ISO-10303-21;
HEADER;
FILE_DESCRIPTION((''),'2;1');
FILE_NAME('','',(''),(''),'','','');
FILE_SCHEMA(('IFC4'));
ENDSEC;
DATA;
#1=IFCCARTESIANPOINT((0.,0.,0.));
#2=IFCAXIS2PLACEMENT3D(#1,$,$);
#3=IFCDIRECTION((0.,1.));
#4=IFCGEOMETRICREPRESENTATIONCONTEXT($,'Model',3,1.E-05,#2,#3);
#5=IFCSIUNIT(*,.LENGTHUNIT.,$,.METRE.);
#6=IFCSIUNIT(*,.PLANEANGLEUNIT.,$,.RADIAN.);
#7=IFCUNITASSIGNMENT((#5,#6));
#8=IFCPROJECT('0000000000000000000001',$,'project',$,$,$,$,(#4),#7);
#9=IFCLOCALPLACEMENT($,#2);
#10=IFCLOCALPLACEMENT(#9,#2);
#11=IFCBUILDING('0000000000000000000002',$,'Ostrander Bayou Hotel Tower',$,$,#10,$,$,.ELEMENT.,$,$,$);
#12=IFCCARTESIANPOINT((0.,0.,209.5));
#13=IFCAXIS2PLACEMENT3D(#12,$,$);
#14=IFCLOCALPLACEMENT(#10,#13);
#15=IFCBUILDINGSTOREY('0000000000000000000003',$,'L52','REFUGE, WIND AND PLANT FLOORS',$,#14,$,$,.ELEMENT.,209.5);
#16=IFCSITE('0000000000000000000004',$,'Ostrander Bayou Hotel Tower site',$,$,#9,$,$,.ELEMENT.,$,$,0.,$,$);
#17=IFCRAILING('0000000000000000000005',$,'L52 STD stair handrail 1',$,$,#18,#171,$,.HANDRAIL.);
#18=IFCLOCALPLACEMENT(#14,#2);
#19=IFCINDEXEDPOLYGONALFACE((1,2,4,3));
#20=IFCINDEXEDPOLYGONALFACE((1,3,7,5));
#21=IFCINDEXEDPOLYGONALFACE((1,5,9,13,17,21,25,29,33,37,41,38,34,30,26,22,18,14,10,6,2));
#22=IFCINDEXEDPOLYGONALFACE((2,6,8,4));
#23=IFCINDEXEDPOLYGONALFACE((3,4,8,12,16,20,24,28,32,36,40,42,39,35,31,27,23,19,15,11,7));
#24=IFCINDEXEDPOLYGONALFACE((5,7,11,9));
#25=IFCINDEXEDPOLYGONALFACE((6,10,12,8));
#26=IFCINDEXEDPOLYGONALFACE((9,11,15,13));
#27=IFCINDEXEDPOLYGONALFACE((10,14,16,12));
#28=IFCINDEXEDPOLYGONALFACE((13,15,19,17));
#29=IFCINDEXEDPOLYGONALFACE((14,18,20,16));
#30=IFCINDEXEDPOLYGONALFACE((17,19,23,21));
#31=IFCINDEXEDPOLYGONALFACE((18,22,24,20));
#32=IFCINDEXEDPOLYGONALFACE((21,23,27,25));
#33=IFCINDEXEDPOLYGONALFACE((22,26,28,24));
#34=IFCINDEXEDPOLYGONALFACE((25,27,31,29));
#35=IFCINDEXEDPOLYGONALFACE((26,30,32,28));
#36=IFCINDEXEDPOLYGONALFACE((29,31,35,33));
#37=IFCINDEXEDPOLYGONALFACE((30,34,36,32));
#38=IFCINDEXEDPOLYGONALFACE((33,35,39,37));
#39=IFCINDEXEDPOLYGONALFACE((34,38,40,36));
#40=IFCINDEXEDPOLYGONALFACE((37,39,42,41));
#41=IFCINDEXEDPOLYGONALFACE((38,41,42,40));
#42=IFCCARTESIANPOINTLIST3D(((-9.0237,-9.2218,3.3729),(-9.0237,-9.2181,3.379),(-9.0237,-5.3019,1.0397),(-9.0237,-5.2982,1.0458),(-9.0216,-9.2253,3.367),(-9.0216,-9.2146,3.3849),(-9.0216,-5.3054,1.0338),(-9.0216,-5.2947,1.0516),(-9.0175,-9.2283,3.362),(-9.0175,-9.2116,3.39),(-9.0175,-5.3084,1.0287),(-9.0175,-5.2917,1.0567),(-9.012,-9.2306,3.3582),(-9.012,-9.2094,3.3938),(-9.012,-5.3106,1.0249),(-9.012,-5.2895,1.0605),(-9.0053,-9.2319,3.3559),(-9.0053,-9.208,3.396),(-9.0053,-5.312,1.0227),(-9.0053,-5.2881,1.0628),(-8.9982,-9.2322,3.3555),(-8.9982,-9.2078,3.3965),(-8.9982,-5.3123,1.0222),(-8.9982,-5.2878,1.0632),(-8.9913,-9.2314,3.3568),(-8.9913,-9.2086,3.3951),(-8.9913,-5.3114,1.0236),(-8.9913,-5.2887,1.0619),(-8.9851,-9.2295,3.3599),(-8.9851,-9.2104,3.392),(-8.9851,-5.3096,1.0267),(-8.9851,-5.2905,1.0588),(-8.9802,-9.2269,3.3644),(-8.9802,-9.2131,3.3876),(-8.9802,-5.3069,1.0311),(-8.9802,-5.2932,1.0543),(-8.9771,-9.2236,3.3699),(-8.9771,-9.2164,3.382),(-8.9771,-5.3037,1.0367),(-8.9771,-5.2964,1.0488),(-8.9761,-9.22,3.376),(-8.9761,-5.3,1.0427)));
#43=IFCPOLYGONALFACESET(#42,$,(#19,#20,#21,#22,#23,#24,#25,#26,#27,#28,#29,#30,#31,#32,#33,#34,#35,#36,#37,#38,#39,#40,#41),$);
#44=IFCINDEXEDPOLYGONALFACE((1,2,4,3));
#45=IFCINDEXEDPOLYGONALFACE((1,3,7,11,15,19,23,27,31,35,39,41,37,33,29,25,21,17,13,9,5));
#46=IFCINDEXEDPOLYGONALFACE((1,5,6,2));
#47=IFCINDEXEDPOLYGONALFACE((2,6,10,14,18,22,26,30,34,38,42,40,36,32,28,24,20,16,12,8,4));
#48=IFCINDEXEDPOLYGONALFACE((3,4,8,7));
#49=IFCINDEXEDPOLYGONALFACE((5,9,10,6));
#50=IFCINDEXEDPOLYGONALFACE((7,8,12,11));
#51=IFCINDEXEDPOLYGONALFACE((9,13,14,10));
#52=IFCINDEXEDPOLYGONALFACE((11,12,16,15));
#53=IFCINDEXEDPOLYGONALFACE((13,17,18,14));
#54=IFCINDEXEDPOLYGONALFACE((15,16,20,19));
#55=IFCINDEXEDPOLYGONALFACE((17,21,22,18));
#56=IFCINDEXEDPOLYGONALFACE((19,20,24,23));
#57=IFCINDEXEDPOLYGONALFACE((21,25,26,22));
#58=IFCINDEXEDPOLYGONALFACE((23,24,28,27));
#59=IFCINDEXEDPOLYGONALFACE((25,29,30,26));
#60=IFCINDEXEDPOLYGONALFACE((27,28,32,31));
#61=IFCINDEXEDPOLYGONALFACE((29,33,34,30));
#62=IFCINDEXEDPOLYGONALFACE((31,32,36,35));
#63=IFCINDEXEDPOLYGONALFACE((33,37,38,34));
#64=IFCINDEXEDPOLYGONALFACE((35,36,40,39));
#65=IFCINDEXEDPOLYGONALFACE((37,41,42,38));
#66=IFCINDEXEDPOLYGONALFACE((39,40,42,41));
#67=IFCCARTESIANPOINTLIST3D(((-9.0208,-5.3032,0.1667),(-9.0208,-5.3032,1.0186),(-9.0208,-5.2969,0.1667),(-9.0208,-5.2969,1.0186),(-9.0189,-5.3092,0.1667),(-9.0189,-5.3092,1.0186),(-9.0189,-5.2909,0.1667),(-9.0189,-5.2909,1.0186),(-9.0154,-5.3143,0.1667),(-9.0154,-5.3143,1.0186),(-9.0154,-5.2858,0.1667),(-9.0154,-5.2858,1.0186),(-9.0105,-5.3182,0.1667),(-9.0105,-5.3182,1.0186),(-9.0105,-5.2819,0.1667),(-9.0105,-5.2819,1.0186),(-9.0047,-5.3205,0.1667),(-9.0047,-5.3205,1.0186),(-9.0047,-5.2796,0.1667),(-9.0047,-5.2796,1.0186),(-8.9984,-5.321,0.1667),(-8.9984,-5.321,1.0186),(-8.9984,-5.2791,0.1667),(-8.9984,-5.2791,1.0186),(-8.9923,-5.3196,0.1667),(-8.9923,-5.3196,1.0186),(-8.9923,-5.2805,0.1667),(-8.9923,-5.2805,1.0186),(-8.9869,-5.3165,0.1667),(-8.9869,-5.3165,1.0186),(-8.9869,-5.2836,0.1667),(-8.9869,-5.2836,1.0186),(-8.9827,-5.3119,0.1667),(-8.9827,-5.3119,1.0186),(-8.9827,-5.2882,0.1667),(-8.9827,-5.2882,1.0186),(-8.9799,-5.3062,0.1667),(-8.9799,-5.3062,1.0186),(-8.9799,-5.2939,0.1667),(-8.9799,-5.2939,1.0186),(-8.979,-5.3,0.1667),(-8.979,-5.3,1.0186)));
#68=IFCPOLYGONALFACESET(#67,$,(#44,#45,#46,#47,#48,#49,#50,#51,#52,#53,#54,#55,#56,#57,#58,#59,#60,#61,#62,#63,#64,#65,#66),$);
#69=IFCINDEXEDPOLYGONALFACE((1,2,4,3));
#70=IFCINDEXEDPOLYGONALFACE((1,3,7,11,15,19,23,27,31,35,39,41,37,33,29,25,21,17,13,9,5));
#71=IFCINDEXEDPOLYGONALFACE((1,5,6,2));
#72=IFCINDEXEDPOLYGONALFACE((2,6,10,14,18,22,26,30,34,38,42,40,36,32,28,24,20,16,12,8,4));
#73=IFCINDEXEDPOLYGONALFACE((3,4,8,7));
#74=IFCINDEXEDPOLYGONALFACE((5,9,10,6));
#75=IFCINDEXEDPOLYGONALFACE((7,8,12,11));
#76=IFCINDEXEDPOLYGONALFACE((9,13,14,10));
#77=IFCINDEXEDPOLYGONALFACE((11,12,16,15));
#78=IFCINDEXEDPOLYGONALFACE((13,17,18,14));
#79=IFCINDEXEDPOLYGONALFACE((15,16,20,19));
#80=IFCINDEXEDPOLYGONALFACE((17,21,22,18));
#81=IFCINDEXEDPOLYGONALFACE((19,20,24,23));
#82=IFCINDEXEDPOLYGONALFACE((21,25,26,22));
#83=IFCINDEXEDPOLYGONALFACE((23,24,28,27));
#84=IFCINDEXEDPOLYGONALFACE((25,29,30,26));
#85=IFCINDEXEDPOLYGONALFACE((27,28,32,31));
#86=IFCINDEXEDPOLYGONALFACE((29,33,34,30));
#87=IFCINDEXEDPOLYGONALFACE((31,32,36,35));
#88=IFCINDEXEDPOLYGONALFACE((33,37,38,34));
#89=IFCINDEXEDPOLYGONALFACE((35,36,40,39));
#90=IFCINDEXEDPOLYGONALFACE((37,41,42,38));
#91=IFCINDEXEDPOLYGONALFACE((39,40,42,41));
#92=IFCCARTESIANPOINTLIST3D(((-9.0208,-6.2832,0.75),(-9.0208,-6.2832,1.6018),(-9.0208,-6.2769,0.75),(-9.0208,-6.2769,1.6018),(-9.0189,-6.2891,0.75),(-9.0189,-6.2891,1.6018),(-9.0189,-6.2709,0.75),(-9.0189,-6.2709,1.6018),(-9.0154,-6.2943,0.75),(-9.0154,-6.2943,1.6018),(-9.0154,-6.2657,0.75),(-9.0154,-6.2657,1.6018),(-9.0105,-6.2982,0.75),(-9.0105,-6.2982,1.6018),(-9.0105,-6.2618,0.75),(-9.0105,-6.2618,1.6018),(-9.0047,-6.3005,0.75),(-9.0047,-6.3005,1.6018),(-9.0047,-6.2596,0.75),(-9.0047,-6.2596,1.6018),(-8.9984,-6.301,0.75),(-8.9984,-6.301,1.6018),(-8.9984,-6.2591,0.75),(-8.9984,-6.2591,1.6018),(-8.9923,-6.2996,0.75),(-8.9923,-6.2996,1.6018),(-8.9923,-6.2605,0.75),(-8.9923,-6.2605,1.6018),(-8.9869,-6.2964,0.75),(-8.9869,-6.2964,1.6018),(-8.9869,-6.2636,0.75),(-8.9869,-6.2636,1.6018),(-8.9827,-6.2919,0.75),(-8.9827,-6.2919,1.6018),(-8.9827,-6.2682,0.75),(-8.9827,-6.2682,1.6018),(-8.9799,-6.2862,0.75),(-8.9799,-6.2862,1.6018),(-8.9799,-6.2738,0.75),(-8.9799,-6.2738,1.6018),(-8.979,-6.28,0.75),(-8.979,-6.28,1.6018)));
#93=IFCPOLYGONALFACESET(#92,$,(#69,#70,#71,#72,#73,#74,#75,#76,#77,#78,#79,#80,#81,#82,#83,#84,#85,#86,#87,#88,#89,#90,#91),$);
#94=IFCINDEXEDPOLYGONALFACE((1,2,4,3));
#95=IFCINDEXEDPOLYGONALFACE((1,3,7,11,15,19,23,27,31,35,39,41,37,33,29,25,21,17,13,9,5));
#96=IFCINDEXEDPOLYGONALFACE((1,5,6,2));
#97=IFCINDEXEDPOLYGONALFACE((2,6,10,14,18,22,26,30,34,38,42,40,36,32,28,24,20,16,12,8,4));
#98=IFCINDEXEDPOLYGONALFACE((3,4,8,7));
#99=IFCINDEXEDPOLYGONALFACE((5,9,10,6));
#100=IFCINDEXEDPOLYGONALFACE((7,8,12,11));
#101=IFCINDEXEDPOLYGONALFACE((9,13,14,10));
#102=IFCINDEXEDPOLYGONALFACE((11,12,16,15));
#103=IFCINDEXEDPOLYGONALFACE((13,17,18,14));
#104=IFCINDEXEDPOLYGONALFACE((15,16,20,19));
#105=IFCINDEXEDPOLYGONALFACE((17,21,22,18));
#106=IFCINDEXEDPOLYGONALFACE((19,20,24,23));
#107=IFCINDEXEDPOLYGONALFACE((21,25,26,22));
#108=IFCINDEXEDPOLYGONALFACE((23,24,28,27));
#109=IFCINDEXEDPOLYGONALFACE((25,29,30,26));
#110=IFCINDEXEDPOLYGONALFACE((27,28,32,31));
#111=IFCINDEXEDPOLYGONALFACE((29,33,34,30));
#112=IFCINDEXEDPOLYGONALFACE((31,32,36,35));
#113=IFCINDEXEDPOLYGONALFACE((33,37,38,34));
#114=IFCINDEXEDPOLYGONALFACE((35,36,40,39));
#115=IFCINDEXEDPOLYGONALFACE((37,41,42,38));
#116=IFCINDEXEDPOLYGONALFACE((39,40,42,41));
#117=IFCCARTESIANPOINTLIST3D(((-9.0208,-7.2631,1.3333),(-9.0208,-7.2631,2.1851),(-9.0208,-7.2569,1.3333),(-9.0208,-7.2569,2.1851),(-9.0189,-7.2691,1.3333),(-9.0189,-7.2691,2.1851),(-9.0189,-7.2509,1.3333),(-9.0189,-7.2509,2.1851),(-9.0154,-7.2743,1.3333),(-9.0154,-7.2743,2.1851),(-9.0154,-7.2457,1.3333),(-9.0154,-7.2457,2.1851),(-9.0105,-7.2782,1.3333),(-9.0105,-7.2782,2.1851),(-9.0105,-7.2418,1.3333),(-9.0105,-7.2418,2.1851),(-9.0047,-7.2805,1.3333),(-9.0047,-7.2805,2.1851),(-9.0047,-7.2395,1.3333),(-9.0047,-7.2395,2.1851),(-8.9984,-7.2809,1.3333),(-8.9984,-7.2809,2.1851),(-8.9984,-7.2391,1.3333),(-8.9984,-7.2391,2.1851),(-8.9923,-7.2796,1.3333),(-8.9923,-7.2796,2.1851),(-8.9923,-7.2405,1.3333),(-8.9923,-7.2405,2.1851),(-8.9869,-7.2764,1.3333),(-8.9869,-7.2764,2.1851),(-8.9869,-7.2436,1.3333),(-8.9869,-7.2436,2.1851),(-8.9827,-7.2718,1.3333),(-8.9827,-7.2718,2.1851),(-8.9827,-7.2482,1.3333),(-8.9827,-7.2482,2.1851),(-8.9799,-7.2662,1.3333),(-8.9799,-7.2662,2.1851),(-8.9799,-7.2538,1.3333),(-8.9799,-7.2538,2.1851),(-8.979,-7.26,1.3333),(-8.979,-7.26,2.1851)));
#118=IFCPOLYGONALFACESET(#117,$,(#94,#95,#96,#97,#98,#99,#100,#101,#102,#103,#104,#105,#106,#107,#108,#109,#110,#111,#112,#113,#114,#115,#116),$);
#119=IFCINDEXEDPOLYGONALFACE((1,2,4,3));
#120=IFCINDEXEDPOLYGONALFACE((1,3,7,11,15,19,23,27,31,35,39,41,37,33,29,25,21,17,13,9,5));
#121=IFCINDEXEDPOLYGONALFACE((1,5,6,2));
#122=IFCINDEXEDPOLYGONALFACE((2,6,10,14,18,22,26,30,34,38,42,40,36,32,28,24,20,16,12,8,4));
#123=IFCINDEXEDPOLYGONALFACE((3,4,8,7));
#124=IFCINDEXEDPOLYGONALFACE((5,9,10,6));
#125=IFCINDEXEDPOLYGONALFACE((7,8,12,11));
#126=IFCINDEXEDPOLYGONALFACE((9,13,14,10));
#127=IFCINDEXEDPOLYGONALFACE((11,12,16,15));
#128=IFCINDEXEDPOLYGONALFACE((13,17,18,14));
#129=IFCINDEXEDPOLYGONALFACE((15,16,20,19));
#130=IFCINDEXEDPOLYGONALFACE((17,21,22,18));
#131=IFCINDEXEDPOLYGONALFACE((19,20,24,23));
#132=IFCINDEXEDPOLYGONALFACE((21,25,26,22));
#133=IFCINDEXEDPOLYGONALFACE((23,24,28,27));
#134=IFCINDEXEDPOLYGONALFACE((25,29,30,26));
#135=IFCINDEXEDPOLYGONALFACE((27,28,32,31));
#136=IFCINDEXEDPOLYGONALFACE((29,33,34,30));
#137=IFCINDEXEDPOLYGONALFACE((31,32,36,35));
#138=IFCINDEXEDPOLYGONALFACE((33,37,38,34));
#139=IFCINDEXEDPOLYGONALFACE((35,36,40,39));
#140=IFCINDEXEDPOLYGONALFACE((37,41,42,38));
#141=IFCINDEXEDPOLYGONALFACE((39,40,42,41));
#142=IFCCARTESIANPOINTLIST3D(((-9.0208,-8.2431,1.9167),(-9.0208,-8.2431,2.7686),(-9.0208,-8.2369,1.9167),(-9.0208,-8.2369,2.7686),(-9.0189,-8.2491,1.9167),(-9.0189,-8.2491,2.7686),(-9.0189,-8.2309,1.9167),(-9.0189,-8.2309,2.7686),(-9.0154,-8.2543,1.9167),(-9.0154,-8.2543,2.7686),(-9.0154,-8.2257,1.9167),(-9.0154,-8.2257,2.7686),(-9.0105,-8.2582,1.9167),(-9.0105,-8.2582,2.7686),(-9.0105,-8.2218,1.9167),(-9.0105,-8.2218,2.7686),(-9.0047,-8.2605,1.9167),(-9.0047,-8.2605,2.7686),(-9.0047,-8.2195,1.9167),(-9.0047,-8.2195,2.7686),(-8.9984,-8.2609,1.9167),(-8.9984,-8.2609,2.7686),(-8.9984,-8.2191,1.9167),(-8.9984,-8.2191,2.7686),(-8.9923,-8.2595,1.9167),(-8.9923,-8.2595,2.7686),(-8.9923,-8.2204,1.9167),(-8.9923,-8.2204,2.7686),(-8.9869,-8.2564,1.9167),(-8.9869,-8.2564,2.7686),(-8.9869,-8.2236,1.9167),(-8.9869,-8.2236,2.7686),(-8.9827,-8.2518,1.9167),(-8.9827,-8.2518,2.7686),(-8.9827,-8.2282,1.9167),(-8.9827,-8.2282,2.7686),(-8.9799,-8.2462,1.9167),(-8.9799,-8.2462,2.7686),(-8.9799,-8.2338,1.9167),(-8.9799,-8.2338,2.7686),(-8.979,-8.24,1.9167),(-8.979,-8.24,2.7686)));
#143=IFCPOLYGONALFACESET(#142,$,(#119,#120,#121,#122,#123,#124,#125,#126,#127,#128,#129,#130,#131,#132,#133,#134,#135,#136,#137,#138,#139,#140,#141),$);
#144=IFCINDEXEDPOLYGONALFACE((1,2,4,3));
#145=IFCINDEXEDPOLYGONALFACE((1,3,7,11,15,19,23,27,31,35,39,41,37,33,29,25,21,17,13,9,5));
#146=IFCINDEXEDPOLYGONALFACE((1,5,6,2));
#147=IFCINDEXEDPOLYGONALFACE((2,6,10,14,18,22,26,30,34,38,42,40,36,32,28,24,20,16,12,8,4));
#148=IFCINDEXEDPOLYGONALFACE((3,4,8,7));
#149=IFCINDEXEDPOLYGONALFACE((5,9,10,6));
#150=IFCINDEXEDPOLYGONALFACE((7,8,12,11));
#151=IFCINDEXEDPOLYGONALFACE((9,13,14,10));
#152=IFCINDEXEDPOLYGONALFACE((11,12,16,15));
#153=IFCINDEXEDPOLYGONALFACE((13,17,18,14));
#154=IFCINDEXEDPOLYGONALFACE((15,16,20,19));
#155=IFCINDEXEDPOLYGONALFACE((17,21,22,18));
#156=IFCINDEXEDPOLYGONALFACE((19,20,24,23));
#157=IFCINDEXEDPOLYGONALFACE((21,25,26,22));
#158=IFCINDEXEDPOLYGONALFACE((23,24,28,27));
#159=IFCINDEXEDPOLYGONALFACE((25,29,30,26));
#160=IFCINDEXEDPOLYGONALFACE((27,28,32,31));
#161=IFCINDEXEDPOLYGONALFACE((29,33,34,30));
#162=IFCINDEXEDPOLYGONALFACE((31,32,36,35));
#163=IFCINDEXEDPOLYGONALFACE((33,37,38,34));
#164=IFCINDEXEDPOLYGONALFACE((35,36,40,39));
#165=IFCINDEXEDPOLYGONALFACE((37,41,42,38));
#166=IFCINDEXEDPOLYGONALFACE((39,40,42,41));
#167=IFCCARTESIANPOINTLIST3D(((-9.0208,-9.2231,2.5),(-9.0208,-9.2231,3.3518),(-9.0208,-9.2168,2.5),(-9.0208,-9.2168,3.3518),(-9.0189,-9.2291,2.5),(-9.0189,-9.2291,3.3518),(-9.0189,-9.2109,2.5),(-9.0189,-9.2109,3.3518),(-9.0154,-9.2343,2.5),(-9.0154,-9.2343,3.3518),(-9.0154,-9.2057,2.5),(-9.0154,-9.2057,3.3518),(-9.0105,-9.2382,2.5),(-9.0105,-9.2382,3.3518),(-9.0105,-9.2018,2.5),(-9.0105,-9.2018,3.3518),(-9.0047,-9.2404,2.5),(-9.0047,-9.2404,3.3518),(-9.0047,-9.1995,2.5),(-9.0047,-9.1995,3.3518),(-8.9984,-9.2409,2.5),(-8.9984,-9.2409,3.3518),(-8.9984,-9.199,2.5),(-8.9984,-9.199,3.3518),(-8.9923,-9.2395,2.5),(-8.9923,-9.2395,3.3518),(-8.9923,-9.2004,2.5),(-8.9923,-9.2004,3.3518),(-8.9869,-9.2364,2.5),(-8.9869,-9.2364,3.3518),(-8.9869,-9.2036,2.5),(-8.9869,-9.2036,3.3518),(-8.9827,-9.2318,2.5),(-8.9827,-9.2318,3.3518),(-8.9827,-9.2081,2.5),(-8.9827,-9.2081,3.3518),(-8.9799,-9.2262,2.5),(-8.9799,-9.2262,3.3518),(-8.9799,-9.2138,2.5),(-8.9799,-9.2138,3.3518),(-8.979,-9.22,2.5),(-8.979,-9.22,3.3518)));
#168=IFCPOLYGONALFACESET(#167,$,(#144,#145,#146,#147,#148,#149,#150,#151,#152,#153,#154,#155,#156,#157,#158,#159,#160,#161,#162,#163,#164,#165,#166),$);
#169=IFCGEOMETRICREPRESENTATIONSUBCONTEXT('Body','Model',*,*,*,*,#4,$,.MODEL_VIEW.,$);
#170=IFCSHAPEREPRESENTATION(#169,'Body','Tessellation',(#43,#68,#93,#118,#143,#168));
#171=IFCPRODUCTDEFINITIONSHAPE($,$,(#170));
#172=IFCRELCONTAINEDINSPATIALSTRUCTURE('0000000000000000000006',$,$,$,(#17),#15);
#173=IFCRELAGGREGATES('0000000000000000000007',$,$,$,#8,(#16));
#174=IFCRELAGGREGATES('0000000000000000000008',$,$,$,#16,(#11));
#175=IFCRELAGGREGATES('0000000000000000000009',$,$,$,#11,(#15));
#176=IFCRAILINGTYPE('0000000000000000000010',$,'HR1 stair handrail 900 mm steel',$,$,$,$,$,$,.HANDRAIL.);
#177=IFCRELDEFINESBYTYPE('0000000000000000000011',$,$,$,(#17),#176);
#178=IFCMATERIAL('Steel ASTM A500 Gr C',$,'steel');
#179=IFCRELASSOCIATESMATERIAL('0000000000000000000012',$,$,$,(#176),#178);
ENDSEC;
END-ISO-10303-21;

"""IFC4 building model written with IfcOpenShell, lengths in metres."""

from ifc_helpers import new_model, si_unit, direction, frame, origin, origin_2d, place, context, subcontext, project, spatial, circle, extrude, material, type_object, element, save


model = new_model("IFC4")

# Units and contexts
model_context = context("Model", 3, precision=1e-05, world=origin(), true_north=direction((0.0, 1.0)))
body_context = subcontext(model_context, "Body", "Model", "MODEL_VIEW")
ifc_project = project(units=[si_unit("LENGTHUNIT", "METRE"), si_unit("PLANEANGLEUNIT", "RADIAN")], contexts=[model_context])

# Site, building, storey
site_placement = place(None, origin())
site = spatial("IfcSite", under=ifc_project, at=site_placement, Name="Ostrander Bayou Hotel Tower site", CompositionType="ELEMENT", RefElevation=0.0)
building_placement = place(site_placement, origin())
building = spatial("IfcBuilding", under=site, at=building_placement, Name="Ostrander Bayou Hotel Tower", CompositionType="ELEMENT")
storey_placement = place(building_placement, frame((0.0, 0.0, 209.5)))
storey = spatial("IfcBuildingStorey", under=building, at=storey_placement, Name="L52", Description="REFUGE, WIND AND PLANT FLOORS", CompositionType="ELEMENT", Elevation=209.5)

# Railing
ifc_material_1 = material(Name="Steel ASTM A500 Gr C", Category="steel")
railing_type_1 = type_object("IfcRailingType", Name="HR1 stair handrail 900 mm steel", PredefinedType="HANDRAIL", material=ifc_material_1)
railing_1_placement = place(storey_placement, frame((-9.0, -5.3, 0.1667)))
element("IfcRailing", 1, at=railing_1_placement, inside=storey, type_object=railing_type_1, Name="L52 STD stair handrail 1", PredefinedType="HANDRAIL", context=body_context, shape_type="SweptSolid", body=[
    extrude(circle(Radius=0.0239, at=origin_2d()), frame((0.0, 0.0, 0.876), z_axis=(0.0, -0.859296, 0.511478), x_axis=(1.0, 0.0, 0.0)), (0.0, 0.0, 1.0), 4.5618),
    extrude(circle(Radius=0.021, at=origin_2d()), origin(), (0.0, 0.0, 1.0), 0.8518),
    extrude(circle(Radius=0.021, at=origin_2d()), frame((0.0, -0.98, 0.5833)), (0.0, 0.0, 1.0), 0.8518),
    extrude(circle(Radius=0.021, at=origin_2d()), frame((0.0, -1.96, 1.1665)), (0.0, 0.0, 1.0), 0.8518),
    extrude(circle(Radius=0.021, at=origin_2d()), frame((0.0, -2.9399, 1.75)), (0.0, 0.0, 1.0), 0.8518),
    extrude(circle(Radius=0.021, at=origin_2d()), frame((0.0, -3.9199, 2.3333)), (0.0, 0.0, 1.0), 0.8518),
])

save(model, "model.ifc")
